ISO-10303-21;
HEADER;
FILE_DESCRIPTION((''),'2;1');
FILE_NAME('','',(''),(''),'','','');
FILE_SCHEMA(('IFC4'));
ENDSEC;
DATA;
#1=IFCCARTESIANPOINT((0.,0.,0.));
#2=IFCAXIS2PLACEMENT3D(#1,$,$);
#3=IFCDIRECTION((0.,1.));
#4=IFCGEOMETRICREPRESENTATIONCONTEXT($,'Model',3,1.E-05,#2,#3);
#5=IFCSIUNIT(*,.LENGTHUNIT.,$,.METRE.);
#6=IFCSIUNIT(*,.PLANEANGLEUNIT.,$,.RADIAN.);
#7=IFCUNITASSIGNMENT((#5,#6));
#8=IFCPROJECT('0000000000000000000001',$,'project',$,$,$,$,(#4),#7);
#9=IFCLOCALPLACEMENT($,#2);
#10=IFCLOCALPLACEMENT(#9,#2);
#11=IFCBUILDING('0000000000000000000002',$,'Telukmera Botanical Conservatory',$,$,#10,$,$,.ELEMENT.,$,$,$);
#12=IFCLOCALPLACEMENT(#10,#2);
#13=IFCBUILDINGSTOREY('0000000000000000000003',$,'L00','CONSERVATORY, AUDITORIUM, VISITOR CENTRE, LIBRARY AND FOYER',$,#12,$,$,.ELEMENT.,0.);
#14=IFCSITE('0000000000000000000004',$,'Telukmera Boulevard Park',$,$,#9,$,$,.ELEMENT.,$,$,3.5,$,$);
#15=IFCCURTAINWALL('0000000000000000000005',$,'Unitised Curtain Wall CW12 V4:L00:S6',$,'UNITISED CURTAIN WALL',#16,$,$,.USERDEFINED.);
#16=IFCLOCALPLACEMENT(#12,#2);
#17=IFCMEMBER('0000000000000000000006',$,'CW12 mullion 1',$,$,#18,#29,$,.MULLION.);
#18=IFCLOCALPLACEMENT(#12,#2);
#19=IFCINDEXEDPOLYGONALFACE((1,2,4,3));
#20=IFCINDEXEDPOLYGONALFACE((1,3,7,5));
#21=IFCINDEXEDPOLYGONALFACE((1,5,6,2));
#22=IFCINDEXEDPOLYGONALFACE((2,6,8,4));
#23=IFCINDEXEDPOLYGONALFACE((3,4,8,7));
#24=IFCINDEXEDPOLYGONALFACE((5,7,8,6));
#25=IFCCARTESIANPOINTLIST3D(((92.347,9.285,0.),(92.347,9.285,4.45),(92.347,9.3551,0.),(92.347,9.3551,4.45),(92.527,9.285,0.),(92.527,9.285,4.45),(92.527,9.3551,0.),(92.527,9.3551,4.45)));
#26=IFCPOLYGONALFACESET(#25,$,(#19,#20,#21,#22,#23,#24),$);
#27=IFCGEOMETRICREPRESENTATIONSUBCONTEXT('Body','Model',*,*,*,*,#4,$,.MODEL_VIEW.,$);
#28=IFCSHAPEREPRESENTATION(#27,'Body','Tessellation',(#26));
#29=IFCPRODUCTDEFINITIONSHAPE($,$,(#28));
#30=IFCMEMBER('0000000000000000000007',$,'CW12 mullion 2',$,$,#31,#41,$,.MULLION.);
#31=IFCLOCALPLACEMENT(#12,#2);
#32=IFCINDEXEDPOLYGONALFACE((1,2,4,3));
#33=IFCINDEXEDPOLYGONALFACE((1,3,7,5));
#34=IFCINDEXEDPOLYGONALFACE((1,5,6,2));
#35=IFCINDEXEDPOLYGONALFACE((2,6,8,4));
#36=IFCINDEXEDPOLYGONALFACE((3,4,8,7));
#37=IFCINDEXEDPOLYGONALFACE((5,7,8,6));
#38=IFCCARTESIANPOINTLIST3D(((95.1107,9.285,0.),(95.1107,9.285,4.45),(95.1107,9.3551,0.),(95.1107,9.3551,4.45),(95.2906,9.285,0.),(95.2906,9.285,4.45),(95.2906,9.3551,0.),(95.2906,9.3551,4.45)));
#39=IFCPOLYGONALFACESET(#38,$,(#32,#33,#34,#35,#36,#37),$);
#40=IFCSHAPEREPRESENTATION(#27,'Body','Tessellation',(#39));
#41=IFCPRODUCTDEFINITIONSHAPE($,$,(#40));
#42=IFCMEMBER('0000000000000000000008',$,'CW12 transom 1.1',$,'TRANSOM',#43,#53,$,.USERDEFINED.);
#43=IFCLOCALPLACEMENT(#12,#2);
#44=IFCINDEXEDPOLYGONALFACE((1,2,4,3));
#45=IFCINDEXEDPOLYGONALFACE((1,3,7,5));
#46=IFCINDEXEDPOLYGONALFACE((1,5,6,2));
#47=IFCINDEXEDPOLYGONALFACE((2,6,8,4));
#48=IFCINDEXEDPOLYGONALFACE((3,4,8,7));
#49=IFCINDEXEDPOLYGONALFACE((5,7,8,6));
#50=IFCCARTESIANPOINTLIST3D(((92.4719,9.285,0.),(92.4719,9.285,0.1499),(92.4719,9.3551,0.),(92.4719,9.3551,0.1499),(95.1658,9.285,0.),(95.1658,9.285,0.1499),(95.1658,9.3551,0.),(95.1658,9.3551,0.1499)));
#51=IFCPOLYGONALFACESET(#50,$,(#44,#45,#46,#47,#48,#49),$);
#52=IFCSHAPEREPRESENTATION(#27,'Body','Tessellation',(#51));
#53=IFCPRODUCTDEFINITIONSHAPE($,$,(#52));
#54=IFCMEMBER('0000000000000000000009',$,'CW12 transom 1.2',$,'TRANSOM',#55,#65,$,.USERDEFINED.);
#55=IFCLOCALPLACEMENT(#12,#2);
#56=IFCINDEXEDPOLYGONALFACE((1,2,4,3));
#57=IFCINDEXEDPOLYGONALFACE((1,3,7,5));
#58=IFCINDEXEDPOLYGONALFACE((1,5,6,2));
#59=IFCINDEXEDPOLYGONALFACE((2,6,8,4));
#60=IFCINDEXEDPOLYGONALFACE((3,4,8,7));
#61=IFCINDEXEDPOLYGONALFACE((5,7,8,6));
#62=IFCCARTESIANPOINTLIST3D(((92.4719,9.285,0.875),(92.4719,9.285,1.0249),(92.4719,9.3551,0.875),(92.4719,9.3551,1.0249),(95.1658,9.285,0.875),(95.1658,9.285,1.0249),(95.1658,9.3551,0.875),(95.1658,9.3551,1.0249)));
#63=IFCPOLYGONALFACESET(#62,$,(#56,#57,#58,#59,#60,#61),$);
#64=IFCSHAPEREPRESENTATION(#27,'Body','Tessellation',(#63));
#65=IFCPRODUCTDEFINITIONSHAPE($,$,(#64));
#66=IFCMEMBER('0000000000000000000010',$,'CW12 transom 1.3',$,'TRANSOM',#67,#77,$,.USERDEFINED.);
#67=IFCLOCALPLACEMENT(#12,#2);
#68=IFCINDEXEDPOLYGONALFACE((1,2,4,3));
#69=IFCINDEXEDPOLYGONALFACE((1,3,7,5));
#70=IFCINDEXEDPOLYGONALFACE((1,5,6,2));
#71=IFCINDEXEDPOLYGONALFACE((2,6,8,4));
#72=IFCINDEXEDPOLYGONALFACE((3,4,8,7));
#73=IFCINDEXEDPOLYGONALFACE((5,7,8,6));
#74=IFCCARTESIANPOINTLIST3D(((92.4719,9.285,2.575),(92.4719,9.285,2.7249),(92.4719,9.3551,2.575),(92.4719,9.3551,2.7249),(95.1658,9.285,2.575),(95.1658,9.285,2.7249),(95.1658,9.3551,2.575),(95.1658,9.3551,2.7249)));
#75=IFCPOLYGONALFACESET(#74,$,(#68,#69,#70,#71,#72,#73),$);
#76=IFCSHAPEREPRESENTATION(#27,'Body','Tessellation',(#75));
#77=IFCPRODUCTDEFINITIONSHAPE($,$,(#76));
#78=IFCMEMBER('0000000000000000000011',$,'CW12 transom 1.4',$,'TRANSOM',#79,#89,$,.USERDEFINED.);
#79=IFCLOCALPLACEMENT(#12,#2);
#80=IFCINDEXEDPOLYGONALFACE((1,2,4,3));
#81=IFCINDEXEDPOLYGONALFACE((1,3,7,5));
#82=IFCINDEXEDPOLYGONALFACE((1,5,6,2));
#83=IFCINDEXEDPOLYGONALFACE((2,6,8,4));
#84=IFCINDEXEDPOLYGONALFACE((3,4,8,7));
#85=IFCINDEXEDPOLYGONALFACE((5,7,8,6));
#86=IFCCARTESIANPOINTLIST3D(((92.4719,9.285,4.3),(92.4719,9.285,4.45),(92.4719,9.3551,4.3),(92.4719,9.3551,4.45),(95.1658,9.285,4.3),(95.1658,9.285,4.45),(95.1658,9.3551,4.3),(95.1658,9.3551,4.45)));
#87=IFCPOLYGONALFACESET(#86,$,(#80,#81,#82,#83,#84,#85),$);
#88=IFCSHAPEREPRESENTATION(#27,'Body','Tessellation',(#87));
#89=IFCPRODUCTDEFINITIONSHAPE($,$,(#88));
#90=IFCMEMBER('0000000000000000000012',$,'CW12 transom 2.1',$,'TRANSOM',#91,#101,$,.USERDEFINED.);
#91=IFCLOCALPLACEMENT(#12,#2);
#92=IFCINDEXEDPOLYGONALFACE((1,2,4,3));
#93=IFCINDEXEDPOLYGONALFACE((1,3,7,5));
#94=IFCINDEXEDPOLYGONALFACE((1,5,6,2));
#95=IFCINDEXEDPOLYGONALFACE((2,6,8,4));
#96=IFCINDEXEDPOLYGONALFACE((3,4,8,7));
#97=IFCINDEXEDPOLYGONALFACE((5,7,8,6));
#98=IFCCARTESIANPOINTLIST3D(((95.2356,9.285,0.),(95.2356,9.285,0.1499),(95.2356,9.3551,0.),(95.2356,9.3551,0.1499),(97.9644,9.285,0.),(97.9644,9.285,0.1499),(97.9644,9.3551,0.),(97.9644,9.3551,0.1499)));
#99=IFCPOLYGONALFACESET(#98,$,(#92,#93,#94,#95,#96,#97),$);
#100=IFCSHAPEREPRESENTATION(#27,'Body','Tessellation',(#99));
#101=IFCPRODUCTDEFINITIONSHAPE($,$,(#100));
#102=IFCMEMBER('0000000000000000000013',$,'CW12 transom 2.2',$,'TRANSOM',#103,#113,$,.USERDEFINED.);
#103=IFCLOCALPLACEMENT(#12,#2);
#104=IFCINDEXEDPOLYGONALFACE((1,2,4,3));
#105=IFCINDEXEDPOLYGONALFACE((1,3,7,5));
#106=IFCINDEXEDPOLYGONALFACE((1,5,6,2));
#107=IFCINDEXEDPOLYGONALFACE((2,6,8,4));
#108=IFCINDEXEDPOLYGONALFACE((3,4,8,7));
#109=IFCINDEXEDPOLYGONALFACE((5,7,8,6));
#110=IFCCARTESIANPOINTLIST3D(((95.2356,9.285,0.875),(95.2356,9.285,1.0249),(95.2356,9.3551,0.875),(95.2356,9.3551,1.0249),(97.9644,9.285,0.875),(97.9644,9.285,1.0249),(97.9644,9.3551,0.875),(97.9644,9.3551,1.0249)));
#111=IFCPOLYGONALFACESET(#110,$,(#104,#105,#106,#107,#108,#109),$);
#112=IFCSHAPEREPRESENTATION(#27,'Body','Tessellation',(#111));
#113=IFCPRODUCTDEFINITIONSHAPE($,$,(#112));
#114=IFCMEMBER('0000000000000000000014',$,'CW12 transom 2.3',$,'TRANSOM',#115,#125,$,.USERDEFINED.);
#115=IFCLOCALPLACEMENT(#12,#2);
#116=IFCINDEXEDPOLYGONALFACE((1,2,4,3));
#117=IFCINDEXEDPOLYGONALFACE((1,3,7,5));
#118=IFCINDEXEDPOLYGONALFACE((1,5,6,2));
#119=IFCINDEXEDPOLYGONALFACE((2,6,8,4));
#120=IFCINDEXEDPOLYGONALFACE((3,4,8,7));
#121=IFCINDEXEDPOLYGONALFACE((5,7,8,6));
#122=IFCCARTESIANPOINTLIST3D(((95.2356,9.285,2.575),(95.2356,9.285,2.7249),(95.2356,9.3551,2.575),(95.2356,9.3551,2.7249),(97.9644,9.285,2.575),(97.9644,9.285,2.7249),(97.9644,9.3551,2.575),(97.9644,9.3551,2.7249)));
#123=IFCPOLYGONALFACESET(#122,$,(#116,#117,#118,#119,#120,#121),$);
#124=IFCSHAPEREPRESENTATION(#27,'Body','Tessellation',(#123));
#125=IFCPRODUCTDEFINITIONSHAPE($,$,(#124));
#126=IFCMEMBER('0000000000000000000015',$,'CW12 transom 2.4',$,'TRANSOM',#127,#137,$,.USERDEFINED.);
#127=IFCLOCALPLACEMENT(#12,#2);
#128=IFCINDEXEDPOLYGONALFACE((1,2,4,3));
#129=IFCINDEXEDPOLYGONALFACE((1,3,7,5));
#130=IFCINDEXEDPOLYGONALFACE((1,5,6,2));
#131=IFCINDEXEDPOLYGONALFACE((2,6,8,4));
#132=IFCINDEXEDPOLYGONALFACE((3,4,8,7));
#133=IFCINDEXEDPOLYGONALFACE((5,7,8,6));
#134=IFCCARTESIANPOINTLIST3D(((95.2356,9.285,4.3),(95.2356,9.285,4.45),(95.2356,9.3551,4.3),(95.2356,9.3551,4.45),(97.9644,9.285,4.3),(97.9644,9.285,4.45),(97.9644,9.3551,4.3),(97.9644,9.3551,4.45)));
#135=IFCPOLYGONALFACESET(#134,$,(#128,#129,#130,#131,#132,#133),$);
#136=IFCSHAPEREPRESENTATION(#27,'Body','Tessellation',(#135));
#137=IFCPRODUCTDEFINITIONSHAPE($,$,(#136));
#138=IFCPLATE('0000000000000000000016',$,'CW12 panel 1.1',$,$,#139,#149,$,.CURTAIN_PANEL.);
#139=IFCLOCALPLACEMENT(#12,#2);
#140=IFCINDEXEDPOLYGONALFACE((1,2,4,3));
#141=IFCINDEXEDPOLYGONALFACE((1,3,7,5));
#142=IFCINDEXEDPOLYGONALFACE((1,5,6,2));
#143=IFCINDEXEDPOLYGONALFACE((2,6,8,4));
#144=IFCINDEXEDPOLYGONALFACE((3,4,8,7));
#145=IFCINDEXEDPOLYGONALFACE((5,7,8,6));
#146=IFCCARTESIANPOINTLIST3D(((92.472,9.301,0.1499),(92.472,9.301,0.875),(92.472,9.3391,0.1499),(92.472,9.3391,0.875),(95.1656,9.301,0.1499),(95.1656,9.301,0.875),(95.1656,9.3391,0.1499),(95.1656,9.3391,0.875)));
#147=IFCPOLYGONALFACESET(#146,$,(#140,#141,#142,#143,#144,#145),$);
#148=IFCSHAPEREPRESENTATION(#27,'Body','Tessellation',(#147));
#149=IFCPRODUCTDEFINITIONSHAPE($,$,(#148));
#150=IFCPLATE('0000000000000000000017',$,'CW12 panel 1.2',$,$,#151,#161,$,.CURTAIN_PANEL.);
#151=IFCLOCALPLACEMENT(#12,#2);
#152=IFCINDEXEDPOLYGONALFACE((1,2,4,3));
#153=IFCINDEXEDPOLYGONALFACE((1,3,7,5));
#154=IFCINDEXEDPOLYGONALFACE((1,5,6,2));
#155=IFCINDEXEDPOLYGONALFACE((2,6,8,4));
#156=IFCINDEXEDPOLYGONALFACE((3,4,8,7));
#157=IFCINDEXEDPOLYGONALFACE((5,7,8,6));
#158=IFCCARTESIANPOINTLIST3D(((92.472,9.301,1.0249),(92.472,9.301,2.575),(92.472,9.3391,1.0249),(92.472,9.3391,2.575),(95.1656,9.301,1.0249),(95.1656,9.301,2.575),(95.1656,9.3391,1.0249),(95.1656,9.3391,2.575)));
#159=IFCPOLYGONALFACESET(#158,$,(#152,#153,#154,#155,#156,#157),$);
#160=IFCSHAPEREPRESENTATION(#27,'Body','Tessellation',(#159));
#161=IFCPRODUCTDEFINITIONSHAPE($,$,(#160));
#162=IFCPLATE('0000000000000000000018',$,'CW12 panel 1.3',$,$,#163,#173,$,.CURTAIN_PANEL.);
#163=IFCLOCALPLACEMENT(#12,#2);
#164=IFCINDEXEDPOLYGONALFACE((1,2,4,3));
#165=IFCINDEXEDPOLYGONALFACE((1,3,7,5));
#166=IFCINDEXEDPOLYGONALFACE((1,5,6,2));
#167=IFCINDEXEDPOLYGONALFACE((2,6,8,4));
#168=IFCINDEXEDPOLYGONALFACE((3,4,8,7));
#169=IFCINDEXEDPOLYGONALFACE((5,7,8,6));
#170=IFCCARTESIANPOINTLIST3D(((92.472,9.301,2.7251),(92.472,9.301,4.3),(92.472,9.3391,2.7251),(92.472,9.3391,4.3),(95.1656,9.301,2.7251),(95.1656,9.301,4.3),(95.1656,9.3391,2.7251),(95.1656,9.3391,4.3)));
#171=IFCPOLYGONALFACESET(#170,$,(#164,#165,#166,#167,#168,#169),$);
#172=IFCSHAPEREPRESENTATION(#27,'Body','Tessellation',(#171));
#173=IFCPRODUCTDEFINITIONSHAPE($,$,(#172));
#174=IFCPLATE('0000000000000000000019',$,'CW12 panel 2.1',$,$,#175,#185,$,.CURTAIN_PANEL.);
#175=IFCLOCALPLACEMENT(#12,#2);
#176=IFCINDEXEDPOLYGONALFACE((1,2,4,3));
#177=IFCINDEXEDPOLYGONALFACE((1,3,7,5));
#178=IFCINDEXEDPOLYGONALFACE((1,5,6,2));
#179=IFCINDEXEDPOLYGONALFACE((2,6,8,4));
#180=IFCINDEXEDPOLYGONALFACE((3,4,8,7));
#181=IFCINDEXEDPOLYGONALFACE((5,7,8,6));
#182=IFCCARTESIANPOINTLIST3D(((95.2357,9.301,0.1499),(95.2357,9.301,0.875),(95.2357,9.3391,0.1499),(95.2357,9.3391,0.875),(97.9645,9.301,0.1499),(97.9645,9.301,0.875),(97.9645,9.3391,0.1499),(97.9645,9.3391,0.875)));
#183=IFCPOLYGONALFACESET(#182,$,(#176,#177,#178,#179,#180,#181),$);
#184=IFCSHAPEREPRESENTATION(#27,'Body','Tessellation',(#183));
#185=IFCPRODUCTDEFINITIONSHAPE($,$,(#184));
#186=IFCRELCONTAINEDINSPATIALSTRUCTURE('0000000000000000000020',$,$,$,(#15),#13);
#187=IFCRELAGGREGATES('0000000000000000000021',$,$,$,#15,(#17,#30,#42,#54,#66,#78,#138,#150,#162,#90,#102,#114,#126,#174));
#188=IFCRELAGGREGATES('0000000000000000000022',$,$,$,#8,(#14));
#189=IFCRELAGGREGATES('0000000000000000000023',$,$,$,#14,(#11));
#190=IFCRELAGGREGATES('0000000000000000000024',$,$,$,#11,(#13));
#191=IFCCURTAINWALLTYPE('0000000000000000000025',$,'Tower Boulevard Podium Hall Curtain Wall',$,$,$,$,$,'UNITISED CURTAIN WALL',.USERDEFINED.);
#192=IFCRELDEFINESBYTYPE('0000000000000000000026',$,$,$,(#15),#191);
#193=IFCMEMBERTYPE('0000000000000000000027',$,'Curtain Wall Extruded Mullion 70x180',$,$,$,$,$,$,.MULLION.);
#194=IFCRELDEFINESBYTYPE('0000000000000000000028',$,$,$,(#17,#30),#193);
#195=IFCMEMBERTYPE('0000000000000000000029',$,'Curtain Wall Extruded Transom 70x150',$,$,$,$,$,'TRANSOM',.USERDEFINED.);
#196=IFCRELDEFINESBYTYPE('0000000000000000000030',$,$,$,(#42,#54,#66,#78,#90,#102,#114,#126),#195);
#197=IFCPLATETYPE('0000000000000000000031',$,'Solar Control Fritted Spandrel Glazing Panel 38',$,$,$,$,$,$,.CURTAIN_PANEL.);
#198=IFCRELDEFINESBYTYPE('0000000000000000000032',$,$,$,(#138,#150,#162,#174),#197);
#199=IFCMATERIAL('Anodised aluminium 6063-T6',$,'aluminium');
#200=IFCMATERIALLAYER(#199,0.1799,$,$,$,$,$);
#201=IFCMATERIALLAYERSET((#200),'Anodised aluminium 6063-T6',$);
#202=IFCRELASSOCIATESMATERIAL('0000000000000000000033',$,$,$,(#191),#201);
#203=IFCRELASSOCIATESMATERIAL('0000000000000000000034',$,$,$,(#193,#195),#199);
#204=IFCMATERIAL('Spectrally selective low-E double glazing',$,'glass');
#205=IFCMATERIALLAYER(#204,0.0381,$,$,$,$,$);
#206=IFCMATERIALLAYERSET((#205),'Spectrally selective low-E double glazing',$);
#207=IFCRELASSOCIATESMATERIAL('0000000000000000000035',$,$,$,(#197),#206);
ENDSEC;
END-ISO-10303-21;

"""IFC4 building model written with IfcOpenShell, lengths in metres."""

from ifc_helpers import new_model, si_unit, direction, frame, origin, origin_2d, place, context, subcontext, project, spatial, rectangle, extrude, material, layer, layer_set, material_profile, profile_set, type_object, element, aggregate, save


model = new_model("IFC4")

# Units and contexts
model_context = context("Model", 3, precision=1e-05, world=origin(), true_north=direction((0.0, 1.0)))
body_context = subcontext(model_context, "Body", "Model", "MODEL_VIEW")
ifc_project = project(units=[si_unit("LENGTHUNIT", "METRE"), si_unit("PLANEANGLEUNIT", "RADIAN")], contexts=[model_context])

# Site, building, storey
site_placement = place(None, origin())
site = spatial("IfcSite", under=ifc_project, at=site_placement, Name="Telukmera Boulevard Park", CompositionType="ELEMENT", RefElevation=3.5)
building_placement = place(site_placement, origin())
building = spatial("IfcBuilding", under=site, at=building_placement, Name="Telukmera Botanical Conservatory", CompositionType="ELEMENT")
storey_placement = place(building_placement, origin())
storey = spatial("IfcBuildingStorey", under=building, at=storey_placement, Name="L00", Description="CONSERVATORY, AUDITORIUM, VISITOR CENTRE, LIBRARY AND FOYER", CompositionType="ELEMENT", Elevation=0.0)

# Curtain wall, members, plates
ifc_material_1 = material(Name="Anodised aluminium 6063-T6", Category="aluminium")
ifc_layer_1 = layer(ifc_material_1, 0.1799)
ifc_layer_set_1 = layer_set([ifc_layer_1], Name="Anodised aluminium 6063-T6")
curtain_wall_type = type_object("IfcCurtainWallType", Name="Tower Boulevard Podium Hall Curtain Wall", ElementType="UNITISED CURTAIN WALL", PredefinedType="USERDEFINED", material=ifc_layer_set_1)
curtain_wall_placement = place(storey_placement, origin())
curtain_wall = element("IfcCurtainWall", 1, at=curtain_wall_placement, inside=storey, type_object=curtain_wall_type, Name="Unitised Curtain Wall CW12 V4:L00:S6", ObjectType="UNITISED CURTAIN WALL", PredefinedType="USERDEFINED")
ifc_material_profile_1 = material_profile(ifc_material_1, rectangle(XDim=0.0701, YDim=0.1799, at=origin_2d()), Name="ALU MULL 70x180")
ifc_profile_set_1 = profile_set([ifc_material_profile_1], Name="Anodised aluminium 6063-T6")
member_type_1 = type_object("IfcMemberType", Name="Curtain Wall Extruded Mullion 70x180", PredefinedType="MULLION", material=ifc_profile_set_1)
member_1_placement = place(storey_placement, frame((92.437, 9.3201, 0.0), z_axis=(0.0, 0.0, 1.0), x_axis=(0.0, 1.0, 0.0)))
member_1 = element("IfcMember", 2, at=member_1_placement, type_object=member_type_1, Name="CW12 mullion 1", PredefinedType="MULLION", context=body_context, shape_type="SweptSolid", body=[
    extrude(rectangle(XDim=0.0701, YDim=0.1799, at=origin_2d()), origin(), (0.0, 0.0, 1.0), 4.45),
])
member_2_placement = place(storey_placement, frame((95.2007, 9.3201, 0.0), z_axis=(0.0, 0.0, 1.0), x_axis=(0.0, 1.0, 0.0)))
member_2 = element("IfcMember", 3, at=member_2_placement, type_object=member_type_1, Name="CW12 mullion 2", PredefinedType="MULLION", context=body_context, shape_type="SweptSolid", body=[
    extrude(rectangle(XDim=0.0701, YDim=0.1799, at=origin_2d()), origin(), (0.0, 0.0, 1.0), 4.45),
])
ifc_material_profile_2 = material_profile(ifc_material_1, rectangle(XDim=0.0701, YDim=0.1499, at=origin_2d()), Name="ALU TRAN 70x150")
ifc_profile_set_2 = profile_set([ifc_material_profile_2], Name="Anodised aluminium 6063-T6")
member_type_2 = type_object("IfcMemberType", Name="Curtain Wall Extruded Transom 70x150", ElementType="TRANSOM", PredefinedType="USERDEFINED", material=ifc_profile_set_2)
member_3_placement = place(storey_placement, frame((92.4719, 9.3201, 0.075), z_axis=(1.0, 0.0, 0.0), x_axis=(0.0, 1.0, 0.0)))
member_3 = element("IfcMember", 4, at=member_3_placement, type_object=member_type_2, Name="CW12 transom 1.1", ObjectType="TRANSOM", PredefinedType="USERDEFINED", context=body_context, shape_type="SweptSolid", body=[
    extrude(rectangle(XDim=0.0701, YDim=0.1499, at=origin_2d()), origin(), (0.0, 0.0, 1.0), 2.6938),
])
member_4_placement = place(storey_placement, frame((92.4719, 9.3201, 0.95), z_axis=(1.0, 0.0, 0.0), x_axis=(0.0, 1.0, 0.0)))
member_4 = element("IfcMember", 5, at=member_4_placement, type_object=member_type_2, Name="CW12 transom 1.2", ObjectType="TRANSOM", PredefinedType="USERDEFINED", context=body_context, shape_type="SweptSolid", body=[
    extrude(rectangle(XDim=0.0701, YDim=0.1499, at=origin_2d()), origin(), (0.0, 0.0, 1.0), 2.6938),
])
member_5_placement = place(storey_placement, frame((92.4719, 9.3201, 2.6499), z_axis=(1.0, 0.0, 0.0), x_axis=(0.0, 1.0, 0.0)))
member_5 = element("IfcMember", 6, at=member_5_placement, type_object=member_type_2, Name="CW12 transom 1.3", ObjectType="TRANSOM", PredefinedType="USERDEFINED", context=body_context, shape_type="SweptSolid", body=[
    extrude(rectangle(XDim=0.0701, YDim=0.1499, at=origin_2d()), origin(), (0.0, 0.0, 1.0), 2.6938),
])
member_6_placement = place(storey_placement, frame((92.4719, 9.3201, 4.375), z_axis=(1.0, 0.0, 0.0), x_axis=(0.0, 1.0, 0.0)))
member_6 = element("IfcMember", 7, at=member_6_placement, type_object=member_type_2, Name="CW12 transom 1.4", ObjectType="TRANSOM", PredefinedType="USERDEFINED", context=body_context, shape_type="SweptSolid", body=[
    extrude(rectangle(XDim=0.0701, YDim=0.1499, at=origin_2d()), origin(), (0.0, 0.0, 1.0), 2.6938),
])
member_7_placement = place(storey_placement, frame((95.2356, 9.3201, 0.075), z_axis=(1.0, 0.0, 0.0), x_axis=(0.0, 1.0, 0.0)))
member_7 = element("IfcMember", 8, at=member_7_placement, type_object=member_type_2, Name="CW12 transom 2.1", ObjectType="TRANSOM", PredefinedType="USERDEFINED", context=body_context, shape_type="SweptSolid", body=[
    extrude(rectangle(XDim=0.0701, YDim=0.1499, at=origin_2d()), origin(), (0.0, 0.0, 1.0), 2.7288),
])
member_8_placement = place(storey_placement, frame((95.2356, 9.3201, 0.95), z_axis=(1.0, 0.0, 0.0), x_axis=(0.0, 1.0, 0.0)))
member_8 = element("IfcMember", 9, at=member_8_placement, type_object=member_type_2, Name="CW12 transom 2.2", ObjectType="TRANSOM", PredefinedType="USERDEFINED", context=body_context, shape_type="SweptSolid", body=[
    extrude(rectangle(XDim=0.0701, YDim=0.1499, at=origin_2d()), origin(), (0.0, 0.0, 1.0), 2.7288),
])
member_9_placement = place(storey_placement, frame((95.2356, 9.3201, 2.6499), z_axis=(1.0, 0.0, 0.0), x_axis=(0.0, 1.0, 0.0)))
member_9 = element("IfcMember", 10, at=member_9_placement, type_object=member_type_2, Name="CW12 transom 2.3", ObjectType="TRANSOM", PredefinedType="USERDEFINED", context=body_context, shape_type="SweptSolid", body=[
    extrude(rectangle(XDim=0.0701, YDim=0.1499, at=origin_2d()), origin(), (0.0, 0.0, 1.0), 2.7288),
])
member_10_placement = place(storey_placement, frame((95.2356, 9.3201, 4.375), z_axis=(1.0, 0.0, 0.0), x_axis=(0.0, 1.0, 0.0)))
member_10 = element("IfcMember", 11, at=member_10_placement, type_object=member_type_2, Name="CW12 transom 2.4", ObjectType="TRANSOM", PredefinedType="USERDEFINED", context=body_context, shape_type="SweptSolid", body=[
    extrude(rectangle(XDim=0.0701, YDim=0.1499, at=origin_2d()), origin(), (0.0, 0.0, 1.0), 2.7288),
])
ifc_material_2 = material(Name="Spectrally selective low-E double glazing", Category="glass")
ifc_layer_2 = layer(ifc_material_2, 0.0381)
ifc_layer_set_2 = layer_set([ifc_layer_2], Name="Spectrally selective low-E double glazing")
plate_type = type_object("IfcPlateType", Name="Solar Control Fritted Spandrel Glazing Panel 38", PredefinedType="CURTAIN_PANEL", material=ifc_layer_set_2)
plate_1_placement = place(storey_placement, frame((93.8188, 9.3201, 0.1499), z_axis=(0.0, 0.0, 1.0), x_axis=(1.0, 0.0, 0.0)))
plate_1 = element("IfcPlate", 12, at=plate_1_placement, type_object=plate_type, Name="CW12 panel 1.1", PredefinedType="CURTAIN_PANEL", context=body_context, shape_type="SweptSolid", body=[
    extrude(rectangle(XDim=2.6936, YDim=0.0381, at=origin_2d()), origin(), (0.0, 0.0, 1.0), 0.7251),
])
plate_2_placement = place(storey_placement, frame((93.8188, 9.3201, 1.0249), z_axis=(0.0, 0.0, 1.0), x_axis=(1.0, 0.0, 0.0)))
plate_2 = element("IfcPlate", 13, at=plate_2_placement, type_object=plate_type, Name="CW12 panel 1.2", PredefinedType="CURTAIN_PANEL", context=body_context, shape_type="SweptSolid", body=[
    extrude(rectangle(XDim=2.6936, YDim=0.0381, at=origin_2d()), origin(), (0.0, 0.0, 1.0), 1.55),
])
plate_3_placement = place(storey_placement, frame((93.8188, 9.3201, 2.7251), z_axis=(0.0, 0.0, 1.0), x_axis=(1.0, 0.0, 0.0)))
plate_3 = element("IfcPlate", 14, at=plate_3_placement, type_object=plate_type, Name="CW12 panel 1.3", PredefinedType="CURTAIN_PANEL", context=body_context, shape_type="SweptSolid", body=[
    extrude(rectangle(XDim=2.6936, YDim=0.0381, at=origin_2d()), origin(), (0.0, 0.0, 1.0), 1.575),
])
plate_4_placement = place(storey_placement, frame((96.6001, 9.3201, 0.1499), z_axis=(0.0, 0.0, 1.0), x_axis=(1.0, 0.0, 0.0)))
plate_4 = element("IfcPlate", 15, at=plate_4_placement, type_object=plate_type, Name="CW12 panel 2.1", PredefinedType="CURTAIN_PANEL", context=body_context, shape_type="SweptSolid", body=[
    extrude(rectangle(XDim=2.7288, YDim=0.0381, at=origin_2d()), origin(), (0.0, 0.0, 1.0), 0.7251),
])
aggregate(curtain_wall, [member_1, member_2, member_3, member_4, member_5, member_6, plate_1, plate_2, plate_3, member_7, member_8, member_9, member_10, plate_4])

save(model, "model.ifc")
